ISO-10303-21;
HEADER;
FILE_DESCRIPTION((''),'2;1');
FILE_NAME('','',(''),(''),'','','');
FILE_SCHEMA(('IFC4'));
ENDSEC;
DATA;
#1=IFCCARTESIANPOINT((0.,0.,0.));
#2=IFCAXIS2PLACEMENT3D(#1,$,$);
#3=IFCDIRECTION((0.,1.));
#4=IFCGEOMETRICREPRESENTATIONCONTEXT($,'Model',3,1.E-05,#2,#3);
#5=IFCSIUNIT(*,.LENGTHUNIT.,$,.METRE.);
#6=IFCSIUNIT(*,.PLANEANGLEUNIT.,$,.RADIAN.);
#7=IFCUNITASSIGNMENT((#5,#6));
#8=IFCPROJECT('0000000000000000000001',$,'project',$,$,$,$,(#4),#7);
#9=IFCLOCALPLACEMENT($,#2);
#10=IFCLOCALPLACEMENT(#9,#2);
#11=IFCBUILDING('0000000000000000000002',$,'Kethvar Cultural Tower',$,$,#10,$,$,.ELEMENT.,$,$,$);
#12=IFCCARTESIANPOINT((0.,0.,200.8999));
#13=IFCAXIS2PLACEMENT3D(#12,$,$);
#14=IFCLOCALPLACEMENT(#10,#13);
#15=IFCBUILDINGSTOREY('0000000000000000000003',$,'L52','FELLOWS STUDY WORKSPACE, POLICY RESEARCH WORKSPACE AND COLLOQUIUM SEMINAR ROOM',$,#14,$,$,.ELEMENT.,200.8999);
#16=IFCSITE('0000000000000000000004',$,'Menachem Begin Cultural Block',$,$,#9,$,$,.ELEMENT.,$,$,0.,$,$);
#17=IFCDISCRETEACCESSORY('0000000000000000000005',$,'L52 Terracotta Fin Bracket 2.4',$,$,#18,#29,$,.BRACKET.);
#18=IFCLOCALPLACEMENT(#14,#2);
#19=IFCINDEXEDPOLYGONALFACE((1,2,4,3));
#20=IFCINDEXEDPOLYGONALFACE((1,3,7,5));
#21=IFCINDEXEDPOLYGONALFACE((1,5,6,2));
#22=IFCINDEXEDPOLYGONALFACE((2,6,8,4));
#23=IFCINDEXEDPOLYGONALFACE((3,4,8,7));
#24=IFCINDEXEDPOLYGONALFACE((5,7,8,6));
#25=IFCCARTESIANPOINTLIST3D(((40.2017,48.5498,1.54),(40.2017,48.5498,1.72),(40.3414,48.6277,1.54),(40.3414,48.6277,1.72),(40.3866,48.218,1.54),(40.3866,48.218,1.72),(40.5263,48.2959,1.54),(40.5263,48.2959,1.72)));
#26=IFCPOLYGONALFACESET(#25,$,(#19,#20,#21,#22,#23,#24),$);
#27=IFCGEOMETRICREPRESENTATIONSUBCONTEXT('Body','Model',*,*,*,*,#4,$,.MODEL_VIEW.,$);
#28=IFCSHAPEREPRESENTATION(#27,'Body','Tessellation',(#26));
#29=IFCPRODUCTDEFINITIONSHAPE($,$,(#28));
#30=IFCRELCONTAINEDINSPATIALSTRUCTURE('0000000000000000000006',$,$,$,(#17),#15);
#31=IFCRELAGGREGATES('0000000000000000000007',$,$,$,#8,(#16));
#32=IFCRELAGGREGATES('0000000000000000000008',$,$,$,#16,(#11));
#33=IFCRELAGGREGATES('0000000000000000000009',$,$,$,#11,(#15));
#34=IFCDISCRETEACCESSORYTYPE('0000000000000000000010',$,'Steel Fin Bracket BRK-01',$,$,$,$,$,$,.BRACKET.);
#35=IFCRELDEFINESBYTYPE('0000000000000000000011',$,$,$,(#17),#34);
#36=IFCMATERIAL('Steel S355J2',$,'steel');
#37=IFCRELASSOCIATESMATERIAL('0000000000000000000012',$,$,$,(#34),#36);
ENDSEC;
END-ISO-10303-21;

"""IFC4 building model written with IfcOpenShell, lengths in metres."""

from ifc_helpers import new_model, si_unit, direction, frame, origin, origin_2d, place, context, subcontext, project, spatial, rectangle, extrude, source, transform, mapped, material, type_object, element, save


model = new_model("IFC4")

# Units and contexts
model_context = context("Model", 3, precision=1e-05, world=origin(), true_north=direction((0.0, 1.0)))
body_context = subcontext(model_context, "Body", "Model", "MODEL_VIEW")
ifc_project = project(units=[si_unit("LENGTHUNIT", "METRE"), si_unit("PLANEANGLEUNIT", "RADIAN")], contexts=[model_context])

# Site, building, storey
site_placement = place(None, origin())
site = spatial("IfcSite", under=ifc_project, at=site_placement, Name="Menachem Begin Cultural Block", CompositionType="ELEMENT", RefElevation=0.0)
building_placement = place(site_placement, origin())
building = spatial("IfcBuilding", under=site, at=building_placement, Name="Kethvar Cultural Tower", CompositionType="ELEMENT")
storey_placement = place(building_placement, frame((0.0, 0.0, 200.8999)))
storey = spatial("IfcBuildingStorey", under=building, at=storey_placement, Name="L52", Description="FELLOWS STUDY WORKSPACE, POLICY RESEARCH WORKSPACE AND COLLOQUIUM SEMINAR ROOM", CompositionType="ELEMENT", Elevation=200.8999)

# Shared definitions
ifc_material_1 = material(Name="Steel S355J2", Category="steel")

# Discrete accessory
discrete_accessory_type = type_object("IfcDiscreteAccessoryType", Name="Steel Fin Bracket BRK-01", PredefinedType="BRACKET", material=ifc_material_1)
shared_shape_1 = source(origin(), body_context, "Body", "SweptSolid", [
    extrude(rectangle(XDim=0.3799, YDim=0.1599, at=origin_2d()), origin(), (0.0, 0.0, 1.0), 0.1799),
])
for number, where, z_axis, x_axis, name in (
    (1, (40.364, 48.4229, 1.54), (0.0, 0.0, 1.0), (-0.486793, 0.873517, 0.0), "L52 Terracotta Fin Bracket 2.4"),
):
    element("IfcDiscreteAccessory", number, at=place(storey_placement, frame(where, z_axis=z_axis, x_axis=x_axis)), inside=storey, type_object=discrete_accessory_type, Name=name, PredefinedType="BRACKET", context=body_context, shape_type="MappedRepresentation", body=[
        mapped(shared_shape_1, transform((0.0, 0.0, 0.0), scale=1.0)),
    ])

save(model, "model.ifc")
